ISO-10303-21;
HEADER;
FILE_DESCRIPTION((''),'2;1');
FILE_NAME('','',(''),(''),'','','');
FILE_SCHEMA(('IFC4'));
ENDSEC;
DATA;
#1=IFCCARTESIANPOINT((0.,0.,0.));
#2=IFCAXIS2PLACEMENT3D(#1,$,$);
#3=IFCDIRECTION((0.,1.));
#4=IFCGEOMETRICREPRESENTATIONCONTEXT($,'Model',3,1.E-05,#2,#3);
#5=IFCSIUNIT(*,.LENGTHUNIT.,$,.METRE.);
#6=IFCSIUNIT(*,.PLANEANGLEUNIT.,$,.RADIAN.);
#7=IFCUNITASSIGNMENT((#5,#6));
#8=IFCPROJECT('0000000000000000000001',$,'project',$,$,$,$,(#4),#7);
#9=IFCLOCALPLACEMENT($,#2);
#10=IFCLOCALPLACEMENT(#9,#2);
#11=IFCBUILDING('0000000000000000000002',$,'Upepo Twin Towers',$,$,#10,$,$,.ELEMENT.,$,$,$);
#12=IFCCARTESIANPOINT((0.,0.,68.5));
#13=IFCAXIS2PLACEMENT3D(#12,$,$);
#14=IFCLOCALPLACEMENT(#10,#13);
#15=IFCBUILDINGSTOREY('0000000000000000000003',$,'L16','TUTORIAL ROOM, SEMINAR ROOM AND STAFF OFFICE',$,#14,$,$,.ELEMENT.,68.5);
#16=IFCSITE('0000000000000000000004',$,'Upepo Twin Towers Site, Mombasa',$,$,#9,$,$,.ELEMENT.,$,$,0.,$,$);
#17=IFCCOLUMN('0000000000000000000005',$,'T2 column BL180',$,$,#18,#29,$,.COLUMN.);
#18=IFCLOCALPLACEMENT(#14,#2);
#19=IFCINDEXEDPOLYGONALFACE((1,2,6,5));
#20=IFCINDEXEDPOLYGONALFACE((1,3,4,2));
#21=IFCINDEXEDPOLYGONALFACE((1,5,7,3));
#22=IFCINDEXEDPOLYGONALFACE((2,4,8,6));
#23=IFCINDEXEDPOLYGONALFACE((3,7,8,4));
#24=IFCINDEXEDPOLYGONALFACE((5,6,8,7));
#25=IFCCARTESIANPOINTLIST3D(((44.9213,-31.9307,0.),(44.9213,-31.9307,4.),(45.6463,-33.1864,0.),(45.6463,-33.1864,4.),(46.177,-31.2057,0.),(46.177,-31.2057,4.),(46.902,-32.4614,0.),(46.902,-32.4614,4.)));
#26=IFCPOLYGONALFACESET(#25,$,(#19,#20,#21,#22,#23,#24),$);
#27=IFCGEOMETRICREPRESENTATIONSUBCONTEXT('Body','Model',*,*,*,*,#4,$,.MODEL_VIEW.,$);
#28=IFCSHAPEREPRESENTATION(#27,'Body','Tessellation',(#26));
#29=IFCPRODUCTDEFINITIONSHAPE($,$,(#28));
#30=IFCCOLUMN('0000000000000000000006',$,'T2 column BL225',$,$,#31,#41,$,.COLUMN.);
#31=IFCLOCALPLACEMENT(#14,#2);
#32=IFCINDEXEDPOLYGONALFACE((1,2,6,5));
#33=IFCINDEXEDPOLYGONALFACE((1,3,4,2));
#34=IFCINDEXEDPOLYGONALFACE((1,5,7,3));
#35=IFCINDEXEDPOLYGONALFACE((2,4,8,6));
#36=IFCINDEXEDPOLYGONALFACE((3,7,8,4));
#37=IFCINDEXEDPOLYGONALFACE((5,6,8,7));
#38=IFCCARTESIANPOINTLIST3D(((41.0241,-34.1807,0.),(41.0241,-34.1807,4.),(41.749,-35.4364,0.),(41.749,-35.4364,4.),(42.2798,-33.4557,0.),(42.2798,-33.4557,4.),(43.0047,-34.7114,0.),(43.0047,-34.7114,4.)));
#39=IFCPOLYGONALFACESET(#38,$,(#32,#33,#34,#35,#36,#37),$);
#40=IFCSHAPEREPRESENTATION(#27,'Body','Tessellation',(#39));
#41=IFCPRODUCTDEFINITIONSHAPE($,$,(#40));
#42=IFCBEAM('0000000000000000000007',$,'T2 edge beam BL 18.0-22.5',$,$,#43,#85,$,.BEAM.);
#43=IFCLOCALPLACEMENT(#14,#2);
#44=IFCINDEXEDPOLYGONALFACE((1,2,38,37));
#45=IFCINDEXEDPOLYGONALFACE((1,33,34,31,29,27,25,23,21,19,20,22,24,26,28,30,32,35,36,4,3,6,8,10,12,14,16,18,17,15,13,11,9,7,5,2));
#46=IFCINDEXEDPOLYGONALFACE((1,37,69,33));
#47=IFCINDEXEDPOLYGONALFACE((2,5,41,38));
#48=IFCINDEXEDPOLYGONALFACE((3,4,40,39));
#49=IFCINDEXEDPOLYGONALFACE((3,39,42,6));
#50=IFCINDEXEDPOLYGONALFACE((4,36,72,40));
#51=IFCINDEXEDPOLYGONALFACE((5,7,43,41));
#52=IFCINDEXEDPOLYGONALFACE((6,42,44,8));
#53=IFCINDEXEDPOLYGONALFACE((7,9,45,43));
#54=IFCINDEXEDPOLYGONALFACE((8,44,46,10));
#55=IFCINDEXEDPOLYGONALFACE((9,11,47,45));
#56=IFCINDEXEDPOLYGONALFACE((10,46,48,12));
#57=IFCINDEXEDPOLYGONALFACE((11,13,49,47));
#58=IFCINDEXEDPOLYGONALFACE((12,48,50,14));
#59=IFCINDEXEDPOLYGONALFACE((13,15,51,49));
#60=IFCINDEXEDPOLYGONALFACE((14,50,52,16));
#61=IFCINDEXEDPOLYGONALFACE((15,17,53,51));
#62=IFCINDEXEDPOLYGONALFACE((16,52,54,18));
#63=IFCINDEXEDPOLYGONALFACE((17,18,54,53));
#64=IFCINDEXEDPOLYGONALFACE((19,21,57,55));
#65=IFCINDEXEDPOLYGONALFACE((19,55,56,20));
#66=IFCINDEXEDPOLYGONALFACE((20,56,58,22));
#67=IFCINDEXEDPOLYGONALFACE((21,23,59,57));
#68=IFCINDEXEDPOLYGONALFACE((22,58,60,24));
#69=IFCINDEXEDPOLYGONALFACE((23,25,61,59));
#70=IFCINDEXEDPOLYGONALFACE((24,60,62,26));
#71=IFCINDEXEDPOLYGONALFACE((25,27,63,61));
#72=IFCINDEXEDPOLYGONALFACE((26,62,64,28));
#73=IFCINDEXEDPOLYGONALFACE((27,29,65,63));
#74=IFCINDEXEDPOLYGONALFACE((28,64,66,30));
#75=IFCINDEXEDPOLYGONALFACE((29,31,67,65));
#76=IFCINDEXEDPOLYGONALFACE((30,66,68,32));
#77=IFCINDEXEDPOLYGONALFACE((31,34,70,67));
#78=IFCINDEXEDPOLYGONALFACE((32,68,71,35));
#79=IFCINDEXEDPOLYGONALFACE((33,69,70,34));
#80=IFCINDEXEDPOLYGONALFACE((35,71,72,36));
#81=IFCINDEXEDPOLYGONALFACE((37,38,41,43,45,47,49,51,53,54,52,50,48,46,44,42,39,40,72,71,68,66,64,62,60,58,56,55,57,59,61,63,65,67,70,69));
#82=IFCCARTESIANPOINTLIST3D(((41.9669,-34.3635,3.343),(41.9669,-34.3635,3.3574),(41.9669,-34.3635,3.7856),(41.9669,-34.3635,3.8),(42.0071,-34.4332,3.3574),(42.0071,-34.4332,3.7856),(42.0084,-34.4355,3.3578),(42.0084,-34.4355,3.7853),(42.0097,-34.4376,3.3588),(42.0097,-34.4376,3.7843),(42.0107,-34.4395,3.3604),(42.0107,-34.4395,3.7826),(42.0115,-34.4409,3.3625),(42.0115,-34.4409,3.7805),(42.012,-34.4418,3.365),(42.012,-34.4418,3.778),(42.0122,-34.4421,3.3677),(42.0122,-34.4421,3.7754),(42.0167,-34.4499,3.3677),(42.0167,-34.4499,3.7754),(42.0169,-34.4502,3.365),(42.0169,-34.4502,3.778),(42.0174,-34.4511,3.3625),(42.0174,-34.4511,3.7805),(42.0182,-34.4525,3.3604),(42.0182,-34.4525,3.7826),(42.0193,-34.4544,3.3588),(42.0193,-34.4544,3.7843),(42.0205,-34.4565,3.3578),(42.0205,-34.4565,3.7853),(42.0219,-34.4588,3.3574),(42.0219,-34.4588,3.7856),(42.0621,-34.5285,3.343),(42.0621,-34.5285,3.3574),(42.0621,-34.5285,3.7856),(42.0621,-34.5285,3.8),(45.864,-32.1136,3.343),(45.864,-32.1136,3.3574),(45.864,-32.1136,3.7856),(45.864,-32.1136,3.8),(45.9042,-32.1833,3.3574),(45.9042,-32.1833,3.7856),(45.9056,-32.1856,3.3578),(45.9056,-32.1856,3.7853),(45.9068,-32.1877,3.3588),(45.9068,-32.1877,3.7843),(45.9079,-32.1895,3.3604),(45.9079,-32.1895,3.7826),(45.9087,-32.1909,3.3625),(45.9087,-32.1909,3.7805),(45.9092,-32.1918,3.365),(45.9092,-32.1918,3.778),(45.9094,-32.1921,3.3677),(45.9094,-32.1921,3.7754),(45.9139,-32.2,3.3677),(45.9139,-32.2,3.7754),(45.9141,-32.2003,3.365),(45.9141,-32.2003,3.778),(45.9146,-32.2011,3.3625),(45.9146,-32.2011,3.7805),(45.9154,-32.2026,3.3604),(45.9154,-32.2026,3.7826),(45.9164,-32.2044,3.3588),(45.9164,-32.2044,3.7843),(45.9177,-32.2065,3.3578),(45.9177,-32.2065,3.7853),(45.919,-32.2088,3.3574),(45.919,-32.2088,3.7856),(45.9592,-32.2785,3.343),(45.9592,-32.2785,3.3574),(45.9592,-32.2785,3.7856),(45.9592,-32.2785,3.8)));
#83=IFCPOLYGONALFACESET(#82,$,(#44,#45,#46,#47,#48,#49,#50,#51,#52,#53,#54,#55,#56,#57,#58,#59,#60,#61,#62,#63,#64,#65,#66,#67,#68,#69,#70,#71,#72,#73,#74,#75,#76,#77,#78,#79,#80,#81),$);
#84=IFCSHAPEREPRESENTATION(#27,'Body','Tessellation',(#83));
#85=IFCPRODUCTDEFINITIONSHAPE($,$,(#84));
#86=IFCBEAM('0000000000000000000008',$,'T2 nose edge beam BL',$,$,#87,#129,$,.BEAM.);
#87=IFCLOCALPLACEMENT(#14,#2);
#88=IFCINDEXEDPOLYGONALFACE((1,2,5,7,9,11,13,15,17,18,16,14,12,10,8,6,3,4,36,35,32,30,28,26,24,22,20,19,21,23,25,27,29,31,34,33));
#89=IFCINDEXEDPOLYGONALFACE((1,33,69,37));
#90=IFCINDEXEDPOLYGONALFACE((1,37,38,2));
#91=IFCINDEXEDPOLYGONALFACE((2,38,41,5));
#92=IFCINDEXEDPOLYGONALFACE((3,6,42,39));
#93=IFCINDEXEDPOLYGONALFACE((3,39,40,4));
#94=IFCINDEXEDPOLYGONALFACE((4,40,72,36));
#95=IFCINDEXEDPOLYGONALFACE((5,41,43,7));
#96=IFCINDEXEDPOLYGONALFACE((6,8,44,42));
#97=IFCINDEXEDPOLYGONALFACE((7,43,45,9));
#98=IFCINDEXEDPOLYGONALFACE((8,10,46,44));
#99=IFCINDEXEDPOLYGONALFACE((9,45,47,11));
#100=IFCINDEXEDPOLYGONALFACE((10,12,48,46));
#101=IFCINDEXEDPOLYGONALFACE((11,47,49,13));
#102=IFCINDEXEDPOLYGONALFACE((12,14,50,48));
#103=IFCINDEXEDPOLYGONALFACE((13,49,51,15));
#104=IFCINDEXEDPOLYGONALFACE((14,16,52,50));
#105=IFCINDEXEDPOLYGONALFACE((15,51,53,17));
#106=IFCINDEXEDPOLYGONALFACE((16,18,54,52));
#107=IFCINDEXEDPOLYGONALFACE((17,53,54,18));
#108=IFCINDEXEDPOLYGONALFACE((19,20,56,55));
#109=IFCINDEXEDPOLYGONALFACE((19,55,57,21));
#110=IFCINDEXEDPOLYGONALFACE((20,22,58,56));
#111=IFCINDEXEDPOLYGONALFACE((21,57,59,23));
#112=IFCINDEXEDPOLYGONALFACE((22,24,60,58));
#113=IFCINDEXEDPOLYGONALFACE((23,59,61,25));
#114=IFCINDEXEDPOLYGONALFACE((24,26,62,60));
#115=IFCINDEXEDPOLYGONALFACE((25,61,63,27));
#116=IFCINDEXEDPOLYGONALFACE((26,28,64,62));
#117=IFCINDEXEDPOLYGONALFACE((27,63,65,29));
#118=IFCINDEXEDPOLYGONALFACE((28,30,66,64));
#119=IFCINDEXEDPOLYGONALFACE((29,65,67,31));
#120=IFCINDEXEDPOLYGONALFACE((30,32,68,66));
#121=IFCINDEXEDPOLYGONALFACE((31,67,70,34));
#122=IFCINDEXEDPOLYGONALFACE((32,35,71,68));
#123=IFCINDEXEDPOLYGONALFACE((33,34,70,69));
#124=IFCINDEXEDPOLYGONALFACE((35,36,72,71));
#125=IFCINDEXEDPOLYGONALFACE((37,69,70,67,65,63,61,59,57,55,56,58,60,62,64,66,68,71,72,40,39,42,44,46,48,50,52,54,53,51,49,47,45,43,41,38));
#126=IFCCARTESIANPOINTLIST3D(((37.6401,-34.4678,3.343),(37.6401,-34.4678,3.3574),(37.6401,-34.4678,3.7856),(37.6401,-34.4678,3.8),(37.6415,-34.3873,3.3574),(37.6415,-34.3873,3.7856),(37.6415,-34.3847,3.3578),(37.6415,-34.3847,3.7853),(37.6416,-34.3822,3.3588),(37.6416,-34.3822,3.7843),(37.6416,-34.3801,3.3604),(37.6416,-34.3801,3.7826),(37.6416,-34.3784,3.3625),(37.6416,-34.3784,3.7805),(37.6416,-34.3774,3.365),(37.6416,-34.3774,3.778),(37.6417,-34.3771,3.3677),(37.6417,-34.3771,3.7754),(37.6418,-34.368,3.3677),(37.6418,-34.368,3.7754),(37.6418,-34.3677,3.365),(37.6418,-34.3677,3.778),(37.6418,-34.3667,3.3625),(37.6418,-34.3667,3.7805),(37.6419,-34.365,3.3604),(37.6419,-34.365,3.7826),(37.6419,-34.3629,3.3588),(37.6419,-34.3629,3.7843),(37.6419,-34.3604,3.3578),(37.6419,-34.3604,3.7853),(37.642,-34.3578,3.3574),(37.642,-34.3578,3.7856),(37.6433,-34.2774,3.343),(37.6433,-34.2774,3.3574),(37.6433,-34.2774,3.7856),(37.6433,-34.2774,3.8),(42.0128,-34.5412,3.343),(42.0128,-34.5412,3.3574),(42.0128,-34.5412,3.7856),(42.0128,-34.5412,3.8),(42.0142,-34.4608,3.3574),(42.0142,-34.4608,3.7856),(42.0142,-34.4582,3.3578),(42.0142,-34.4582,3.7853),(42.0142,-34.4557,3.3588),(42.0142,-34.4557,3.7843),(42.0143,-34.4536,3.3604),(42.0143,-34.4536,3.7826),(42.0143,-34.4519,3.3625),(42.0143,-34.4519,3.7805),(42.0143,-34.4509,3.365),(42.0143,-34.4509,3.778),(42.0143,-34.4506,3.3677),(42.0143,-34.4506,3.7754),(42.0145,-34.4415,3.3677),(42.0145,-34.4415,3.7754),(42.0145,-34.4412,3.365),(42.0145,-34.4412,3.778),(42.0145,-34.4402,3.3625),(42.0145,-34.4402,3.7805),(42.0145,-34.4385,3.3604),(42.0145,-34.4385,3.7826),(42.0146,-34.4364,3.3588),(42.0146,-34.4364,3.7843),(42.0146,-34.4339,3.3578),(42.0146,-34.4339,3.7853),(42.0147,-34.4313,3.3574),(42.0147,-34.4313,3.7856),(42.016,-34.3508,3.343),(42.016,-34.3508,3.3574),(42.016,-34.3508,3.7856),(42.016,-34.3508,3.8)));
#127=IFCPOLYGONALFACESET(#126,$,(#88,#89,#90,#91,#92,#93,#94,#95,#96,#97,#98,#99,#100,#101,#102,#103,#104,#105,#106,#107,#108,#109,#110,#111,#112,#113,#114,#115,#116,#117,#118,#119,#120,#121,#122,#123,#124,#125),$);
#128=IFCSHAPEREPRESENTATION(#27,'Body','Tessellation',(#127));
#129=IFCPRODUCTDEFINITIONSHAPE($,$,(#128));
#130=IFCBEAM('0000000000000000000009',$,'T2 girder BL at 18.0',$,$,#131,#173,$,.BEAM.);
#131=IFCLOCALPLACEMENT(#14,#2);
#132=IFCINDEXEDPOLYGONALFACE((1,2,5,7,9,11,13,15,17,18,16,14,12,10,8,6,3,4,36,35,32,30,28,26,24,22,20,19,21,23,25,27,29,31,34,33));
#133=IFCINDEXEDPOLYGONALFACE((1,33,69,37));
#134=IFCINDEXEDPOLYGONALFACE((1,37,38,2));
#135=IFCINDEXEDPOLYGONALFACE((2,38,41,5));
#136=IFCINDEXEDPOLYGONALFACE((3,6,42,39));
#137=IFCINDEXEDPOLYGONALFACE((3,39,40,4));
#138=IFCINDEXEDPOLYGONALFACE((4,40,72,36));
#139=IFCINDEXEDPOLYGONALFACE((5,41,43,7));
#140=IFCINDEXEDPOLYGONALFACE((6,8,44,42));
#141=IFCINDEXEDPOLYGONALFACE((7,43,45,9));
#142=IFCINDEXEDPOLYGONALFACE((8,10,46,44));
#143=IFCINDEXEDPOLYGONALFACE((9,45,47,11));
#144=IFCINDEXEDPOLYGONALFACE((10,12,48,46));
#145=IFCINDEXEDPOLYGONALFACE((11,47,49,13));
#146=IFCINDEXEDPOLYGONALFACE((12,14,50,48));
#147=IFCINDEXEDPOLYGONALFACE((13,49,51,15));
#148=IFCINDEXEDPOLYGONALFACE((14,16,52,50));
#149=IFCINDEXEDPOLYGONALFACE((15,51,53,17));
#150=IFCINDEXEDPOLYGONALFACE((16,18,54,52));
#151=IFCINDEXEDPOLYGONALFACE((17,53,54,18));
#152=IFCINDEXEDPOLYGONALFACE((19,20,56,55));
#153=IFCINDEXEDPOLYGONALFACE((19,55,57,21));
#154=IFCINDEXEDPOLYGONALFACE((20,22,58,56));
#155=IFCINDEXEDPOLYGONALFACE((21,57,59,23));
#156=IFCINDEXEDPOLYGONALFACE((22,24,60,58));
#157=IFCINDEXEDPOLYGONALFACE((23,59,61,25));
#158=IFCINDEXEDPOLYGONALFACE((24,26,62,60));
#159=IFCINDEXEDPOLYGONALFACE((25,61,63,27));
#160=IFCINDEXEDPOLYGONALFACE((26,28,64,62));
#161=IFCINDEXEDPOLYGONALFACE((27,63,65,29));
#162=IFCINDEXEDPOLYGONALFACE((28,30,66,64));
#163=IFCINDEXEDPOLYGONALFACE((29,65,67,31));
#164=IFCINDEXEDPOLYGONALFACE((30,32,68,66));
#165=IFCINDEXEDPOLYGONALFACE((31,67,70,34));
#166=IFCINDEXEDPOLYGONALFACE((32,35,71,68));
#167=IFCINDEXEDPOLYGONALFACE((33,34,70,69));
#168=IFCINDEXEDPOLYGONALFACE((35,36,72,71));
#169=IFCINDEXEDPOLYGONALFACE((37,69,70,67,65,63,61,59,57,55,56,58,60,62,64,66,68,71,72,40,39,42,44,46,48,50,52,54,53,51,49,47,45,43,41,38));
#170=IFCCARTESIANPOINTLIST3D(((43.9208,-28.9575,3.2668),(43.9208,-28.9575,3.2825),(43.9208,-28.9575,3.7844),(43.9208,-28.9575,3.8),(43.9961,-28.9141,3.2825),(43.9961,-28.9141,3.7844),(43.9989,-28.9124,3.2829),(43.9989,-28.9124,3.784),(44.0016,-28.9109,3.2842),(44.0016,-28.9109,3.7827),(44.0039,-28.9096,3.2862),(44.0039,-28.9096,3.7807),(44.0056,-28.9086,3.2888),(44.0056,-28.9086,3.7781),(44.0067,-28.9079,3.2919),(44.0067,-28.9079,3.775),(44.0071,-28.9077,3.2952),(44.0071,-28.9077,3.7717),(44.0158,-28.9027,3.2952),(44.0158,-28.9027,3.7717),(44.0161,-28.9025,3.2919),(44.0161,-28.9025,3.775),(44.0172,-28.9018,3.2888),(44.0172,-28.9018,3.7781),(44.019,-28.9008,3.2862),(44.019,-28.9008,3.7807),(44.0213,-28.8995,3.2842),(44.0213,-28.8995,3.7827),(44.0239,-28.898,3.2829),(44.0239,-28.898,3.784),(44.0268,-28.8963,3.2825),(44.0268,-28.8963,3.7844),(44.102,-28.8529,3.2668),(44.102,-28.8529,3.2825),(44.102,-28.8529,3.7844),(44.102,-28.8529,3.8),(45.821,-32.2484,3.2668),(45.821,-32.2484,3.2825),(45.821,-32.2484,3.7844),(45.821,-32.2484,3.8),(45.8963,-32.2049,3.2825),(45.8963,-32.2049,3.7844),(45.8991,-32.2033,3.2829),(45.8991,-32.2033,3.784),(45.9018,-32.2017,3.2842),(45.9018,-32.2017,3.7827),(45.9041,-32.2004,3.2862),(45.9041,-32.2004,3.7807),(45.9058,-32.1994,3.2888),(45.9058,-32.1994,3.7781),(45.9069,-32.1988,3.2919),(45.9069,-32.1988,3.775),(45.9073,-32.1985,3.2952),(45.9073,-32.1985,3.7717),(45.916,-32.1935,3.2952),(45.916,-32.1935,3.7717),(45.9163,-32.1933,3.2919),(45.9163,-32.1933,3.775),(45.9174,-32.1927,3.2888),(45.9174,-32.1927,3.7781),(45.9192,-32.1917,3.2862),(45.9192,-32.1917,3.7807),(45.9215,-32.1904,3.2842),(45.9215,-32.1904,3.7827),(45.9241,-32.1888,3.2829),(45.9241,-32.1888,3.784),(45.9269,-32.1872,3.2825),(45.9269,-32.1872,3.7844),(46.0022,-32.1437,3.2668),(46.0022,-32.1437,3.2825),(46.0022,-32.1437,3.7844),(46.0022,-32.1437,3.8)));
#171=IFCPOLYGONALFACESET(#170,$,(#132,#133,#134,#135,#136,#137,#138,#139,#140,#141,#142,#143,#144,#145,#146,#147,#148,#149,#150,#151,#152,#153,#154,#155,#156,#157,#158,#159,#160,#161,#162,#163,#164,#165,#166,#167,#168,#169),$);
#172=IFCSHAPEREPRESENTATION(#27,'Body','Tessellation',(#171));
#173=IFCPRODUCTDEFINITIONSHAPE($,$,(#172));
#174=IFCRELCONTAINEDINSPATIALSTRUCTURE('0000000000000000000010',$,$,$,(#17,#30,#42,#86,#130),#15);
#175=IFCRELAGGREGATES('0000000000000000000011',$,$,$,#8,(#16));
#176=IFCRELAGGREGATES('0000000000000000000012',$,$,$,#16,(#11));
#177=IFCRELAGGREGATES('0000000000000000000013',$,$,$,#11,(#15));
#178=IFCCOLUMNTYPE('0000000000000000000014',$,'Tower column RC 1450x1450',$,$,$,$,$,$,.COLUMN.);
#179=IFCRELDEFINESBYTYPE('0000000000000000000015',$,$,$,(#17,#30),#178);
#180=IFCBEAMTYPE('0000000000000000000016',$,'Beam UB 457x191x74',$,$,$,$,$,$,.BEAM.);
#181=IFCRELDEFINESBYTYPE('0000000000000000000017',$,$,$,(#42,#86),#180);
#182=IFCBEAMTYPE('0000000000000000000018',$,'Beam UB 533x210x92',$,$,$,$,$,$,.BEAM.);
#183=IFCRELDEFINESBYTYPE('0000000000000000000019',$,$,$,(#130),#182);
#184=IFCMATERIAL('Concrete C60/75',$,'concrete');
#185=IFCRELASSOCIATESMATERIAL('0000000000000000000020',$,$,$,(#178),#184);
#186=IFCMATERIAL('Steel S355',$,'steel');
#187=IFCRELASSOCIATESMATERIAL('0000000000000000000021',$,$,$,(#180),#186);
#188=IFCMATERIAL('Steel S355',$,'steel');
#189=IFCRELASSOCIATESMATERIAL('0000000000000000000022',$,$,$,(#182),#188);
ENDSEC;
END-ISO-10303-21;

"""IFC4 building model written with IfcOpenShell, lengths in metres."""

from ifc_helpers import new_model, si_unit, direction, frame, origin, origin_2d, place, context, subcontext, project, spatial, rectangle, i_section, extrude, material, material_profile, profile_set, type_object, element, save


model = new_model("IFC4")

# Units and contexts
model_context = context("Model", 3, precision=1e-05, world=origin(), true_north=direction((0.0, 1.0)))
body_context = subcontext(model_context, "Body", "Model", "MODEL_VIEW")
ifc_project = project(units=[si_unit("LENGTHUNIT", "METRE"), si_unit("PLANEANGLEUNIT", "RADIAN")], contexts=[model_context])

# Site, building, storey
site_placement = place(None, origin())
site = spatial("IfcSite", under=ifc_project, at=site_placement, Name="Upepo Twin Towers Site, Mombasa", CompositionType="ELEMENT", RefElevation=0.0)
building_placement = place(site_placement, origin())
building = spatial("IfcBuilding", under=site, at=building_placement, Name="Upepo Twin Towers", CompositionType="ELEMENT")
storey_placement = place(building_placement, frame((0.0, 0.0, 68.5)))
storey = spatial("IfcBuildingStorey", under=building, at=storey_placement, Name="L16", Description="TUTORIAL ROOM, SEMINAR ROOM AND STAFF OFFICE", CompositionType="ELEMENT", Elevation=68.5)

# Columns
ifc_material_1 = material(Name="Concrete C60/75", Category="concrete")
ifc_material_profile_1 = material_profile(ifc_material_1, rectangle(XDim=1.45, YDim=1.45, at=origin_2d()), Name="RC 1450x1450")
ifc_profile_set_1 = profile_set([ifc_material_profile_1], Name="Concrete C60/75")
column_type = type_object("IfcColumnType", Name="Tower column RC 1450x1450", PredefinedType="COLUMN", material=ifc_profile_set_1)
for number, where, z_axis, x_axis, name in (
    (1, (45.9116, -32.196, 0.0), (0.0, 0.0, 1.0), (0.866025, 0.5, 0.0), "T2 column BL180"),
    (2, (42.0144, -34.446, 0.0), (0.0, 0.0, 1.0), (0.866025, 0.5, 0.0), "T2 column BL225"),
):
    element("IfcColumn", number, at=place(storey_placement, frame(where, z_axis=z_axis, x_axis=x_axis)), inside=storey, type_object=column_type, Name=name, PredefinedType="COLUMN", context=body_context, shape_type="SweptSolid", body=[
        extrude(rectangle(XDim=1.45, YDim=1.45, at=origin_2d()), origin(), (0.0, 0.0, 1.0), 4.0),
    ])

# Beams
ifc_material_2 = material(Name="Steel S355", Category="steel")
ifc_material_profile_2 = material_profile(ifc_material_2, i_section(OverallWidth=0.1904, OverallDepth=0.457, WebThickness=0.009, FlangeThickness=0.0144, FilletRadius=0.0103, at=origin_2d()), Name="UB 457x191x74")
ifc_profile_set_2 = profile_set([ifc_material_profile_2], Name="Steel S355")
beam_type_1 = type_object("IfcBeamType", Name="Beam UB 457x191x74", PredefinedType="BEAM", material=ifc_profile_set_2)
beam_1_placement = place(storey_placement, frame((45.9116, -32.196, 3.5715), z_axis=(-0.866031, -0.49999, 0.0), x_axis=(0.49999, -0.866031, 0.0)))
element("IfcBeam", 3, at=beam_1_placement, inside=storey, type_object=beam_type_1, Name="T2 edge beam BL 18.0-22.5", PredefinedType="BEAM", context=body_context, shape_type="SweptSolid", body=[
    extrude(i_section(OverallWidth=0.1904, OverallDepth=0.457, WebThickness=0.009, FlangeThickness=0.0144, FilletRadius=0.0103, at=origin_2d()), origin(), (0.0, 0.0, 1.0), 4.5),
])
beam_2_placement = place(storey_placement, frame((42.0144, -34.446, 3.5715), z_axis=(-0.999859, 0.016804, 0.0), x_axis=(-0.016804, -0.999859, 0.0)))
element("IfcBeam", 4, at=beam_2_placement, inside=storey, type_object=beam_type_1, Name="T2 nose edge beam BL", PredefinedType="BEAM", context=body_context, shape_type="SweptSolid", body=[
    extrude(i_section(OverallWidth=0.1904, OverallDepth=0.457, WebThickness=0.009, FlangeThickness=0.0144, FilletRadius=0.0103, at=origin_2d()), origin(), (0.0, 0.0, 1.0), 4.3733),
])
ifc_material_3 = material(Name="Steel S355", Category="steel")
ifc_material_profile_3 = material_profile(ifc_material_3, i_section(OverallWidth=0.2092, OverallDepth=0.5332, WebThickness=0.01, FlangeThickness=0.0156, FilletRadius=0.0127, at=origin_2d()), Name="UB 533x210x92")
ifc_profile_set_3 = profile_set([ifc_material_profile_3], Name="Steel S355")
beam_type_2 = type_object("IfcBeamType", Name="Beam UB 533x210x92", PredefinedType="BEAM", material=ifc_profile_set_3)
beam_3_placement = place(storey_placement, frame((45.9116, -32.196, 3.5334), z_axis=(-0.500043, 0.866, 0.0), x_axis=(-0.866, -0.500043, 0.0)))
element("IfcBeam", 5, at=beam_3_placement, inside=storey, type_object=beam_type_2, Name="T2 girder BL at 18.0", PredefinedType="BEAM", context=body_context, shape_type="SweptSolid", body=[
    extrude(i_section(OverallWidth=0.2092, OverallDepth=0.5332, WebThickness=0.01, FlangeThickness=0.0156, FilletRadius=0.0127, at=origin_2d()), origin(), (0.0, 0.0, 1.0), 3.8),
])

save(model, "model.ifc")
